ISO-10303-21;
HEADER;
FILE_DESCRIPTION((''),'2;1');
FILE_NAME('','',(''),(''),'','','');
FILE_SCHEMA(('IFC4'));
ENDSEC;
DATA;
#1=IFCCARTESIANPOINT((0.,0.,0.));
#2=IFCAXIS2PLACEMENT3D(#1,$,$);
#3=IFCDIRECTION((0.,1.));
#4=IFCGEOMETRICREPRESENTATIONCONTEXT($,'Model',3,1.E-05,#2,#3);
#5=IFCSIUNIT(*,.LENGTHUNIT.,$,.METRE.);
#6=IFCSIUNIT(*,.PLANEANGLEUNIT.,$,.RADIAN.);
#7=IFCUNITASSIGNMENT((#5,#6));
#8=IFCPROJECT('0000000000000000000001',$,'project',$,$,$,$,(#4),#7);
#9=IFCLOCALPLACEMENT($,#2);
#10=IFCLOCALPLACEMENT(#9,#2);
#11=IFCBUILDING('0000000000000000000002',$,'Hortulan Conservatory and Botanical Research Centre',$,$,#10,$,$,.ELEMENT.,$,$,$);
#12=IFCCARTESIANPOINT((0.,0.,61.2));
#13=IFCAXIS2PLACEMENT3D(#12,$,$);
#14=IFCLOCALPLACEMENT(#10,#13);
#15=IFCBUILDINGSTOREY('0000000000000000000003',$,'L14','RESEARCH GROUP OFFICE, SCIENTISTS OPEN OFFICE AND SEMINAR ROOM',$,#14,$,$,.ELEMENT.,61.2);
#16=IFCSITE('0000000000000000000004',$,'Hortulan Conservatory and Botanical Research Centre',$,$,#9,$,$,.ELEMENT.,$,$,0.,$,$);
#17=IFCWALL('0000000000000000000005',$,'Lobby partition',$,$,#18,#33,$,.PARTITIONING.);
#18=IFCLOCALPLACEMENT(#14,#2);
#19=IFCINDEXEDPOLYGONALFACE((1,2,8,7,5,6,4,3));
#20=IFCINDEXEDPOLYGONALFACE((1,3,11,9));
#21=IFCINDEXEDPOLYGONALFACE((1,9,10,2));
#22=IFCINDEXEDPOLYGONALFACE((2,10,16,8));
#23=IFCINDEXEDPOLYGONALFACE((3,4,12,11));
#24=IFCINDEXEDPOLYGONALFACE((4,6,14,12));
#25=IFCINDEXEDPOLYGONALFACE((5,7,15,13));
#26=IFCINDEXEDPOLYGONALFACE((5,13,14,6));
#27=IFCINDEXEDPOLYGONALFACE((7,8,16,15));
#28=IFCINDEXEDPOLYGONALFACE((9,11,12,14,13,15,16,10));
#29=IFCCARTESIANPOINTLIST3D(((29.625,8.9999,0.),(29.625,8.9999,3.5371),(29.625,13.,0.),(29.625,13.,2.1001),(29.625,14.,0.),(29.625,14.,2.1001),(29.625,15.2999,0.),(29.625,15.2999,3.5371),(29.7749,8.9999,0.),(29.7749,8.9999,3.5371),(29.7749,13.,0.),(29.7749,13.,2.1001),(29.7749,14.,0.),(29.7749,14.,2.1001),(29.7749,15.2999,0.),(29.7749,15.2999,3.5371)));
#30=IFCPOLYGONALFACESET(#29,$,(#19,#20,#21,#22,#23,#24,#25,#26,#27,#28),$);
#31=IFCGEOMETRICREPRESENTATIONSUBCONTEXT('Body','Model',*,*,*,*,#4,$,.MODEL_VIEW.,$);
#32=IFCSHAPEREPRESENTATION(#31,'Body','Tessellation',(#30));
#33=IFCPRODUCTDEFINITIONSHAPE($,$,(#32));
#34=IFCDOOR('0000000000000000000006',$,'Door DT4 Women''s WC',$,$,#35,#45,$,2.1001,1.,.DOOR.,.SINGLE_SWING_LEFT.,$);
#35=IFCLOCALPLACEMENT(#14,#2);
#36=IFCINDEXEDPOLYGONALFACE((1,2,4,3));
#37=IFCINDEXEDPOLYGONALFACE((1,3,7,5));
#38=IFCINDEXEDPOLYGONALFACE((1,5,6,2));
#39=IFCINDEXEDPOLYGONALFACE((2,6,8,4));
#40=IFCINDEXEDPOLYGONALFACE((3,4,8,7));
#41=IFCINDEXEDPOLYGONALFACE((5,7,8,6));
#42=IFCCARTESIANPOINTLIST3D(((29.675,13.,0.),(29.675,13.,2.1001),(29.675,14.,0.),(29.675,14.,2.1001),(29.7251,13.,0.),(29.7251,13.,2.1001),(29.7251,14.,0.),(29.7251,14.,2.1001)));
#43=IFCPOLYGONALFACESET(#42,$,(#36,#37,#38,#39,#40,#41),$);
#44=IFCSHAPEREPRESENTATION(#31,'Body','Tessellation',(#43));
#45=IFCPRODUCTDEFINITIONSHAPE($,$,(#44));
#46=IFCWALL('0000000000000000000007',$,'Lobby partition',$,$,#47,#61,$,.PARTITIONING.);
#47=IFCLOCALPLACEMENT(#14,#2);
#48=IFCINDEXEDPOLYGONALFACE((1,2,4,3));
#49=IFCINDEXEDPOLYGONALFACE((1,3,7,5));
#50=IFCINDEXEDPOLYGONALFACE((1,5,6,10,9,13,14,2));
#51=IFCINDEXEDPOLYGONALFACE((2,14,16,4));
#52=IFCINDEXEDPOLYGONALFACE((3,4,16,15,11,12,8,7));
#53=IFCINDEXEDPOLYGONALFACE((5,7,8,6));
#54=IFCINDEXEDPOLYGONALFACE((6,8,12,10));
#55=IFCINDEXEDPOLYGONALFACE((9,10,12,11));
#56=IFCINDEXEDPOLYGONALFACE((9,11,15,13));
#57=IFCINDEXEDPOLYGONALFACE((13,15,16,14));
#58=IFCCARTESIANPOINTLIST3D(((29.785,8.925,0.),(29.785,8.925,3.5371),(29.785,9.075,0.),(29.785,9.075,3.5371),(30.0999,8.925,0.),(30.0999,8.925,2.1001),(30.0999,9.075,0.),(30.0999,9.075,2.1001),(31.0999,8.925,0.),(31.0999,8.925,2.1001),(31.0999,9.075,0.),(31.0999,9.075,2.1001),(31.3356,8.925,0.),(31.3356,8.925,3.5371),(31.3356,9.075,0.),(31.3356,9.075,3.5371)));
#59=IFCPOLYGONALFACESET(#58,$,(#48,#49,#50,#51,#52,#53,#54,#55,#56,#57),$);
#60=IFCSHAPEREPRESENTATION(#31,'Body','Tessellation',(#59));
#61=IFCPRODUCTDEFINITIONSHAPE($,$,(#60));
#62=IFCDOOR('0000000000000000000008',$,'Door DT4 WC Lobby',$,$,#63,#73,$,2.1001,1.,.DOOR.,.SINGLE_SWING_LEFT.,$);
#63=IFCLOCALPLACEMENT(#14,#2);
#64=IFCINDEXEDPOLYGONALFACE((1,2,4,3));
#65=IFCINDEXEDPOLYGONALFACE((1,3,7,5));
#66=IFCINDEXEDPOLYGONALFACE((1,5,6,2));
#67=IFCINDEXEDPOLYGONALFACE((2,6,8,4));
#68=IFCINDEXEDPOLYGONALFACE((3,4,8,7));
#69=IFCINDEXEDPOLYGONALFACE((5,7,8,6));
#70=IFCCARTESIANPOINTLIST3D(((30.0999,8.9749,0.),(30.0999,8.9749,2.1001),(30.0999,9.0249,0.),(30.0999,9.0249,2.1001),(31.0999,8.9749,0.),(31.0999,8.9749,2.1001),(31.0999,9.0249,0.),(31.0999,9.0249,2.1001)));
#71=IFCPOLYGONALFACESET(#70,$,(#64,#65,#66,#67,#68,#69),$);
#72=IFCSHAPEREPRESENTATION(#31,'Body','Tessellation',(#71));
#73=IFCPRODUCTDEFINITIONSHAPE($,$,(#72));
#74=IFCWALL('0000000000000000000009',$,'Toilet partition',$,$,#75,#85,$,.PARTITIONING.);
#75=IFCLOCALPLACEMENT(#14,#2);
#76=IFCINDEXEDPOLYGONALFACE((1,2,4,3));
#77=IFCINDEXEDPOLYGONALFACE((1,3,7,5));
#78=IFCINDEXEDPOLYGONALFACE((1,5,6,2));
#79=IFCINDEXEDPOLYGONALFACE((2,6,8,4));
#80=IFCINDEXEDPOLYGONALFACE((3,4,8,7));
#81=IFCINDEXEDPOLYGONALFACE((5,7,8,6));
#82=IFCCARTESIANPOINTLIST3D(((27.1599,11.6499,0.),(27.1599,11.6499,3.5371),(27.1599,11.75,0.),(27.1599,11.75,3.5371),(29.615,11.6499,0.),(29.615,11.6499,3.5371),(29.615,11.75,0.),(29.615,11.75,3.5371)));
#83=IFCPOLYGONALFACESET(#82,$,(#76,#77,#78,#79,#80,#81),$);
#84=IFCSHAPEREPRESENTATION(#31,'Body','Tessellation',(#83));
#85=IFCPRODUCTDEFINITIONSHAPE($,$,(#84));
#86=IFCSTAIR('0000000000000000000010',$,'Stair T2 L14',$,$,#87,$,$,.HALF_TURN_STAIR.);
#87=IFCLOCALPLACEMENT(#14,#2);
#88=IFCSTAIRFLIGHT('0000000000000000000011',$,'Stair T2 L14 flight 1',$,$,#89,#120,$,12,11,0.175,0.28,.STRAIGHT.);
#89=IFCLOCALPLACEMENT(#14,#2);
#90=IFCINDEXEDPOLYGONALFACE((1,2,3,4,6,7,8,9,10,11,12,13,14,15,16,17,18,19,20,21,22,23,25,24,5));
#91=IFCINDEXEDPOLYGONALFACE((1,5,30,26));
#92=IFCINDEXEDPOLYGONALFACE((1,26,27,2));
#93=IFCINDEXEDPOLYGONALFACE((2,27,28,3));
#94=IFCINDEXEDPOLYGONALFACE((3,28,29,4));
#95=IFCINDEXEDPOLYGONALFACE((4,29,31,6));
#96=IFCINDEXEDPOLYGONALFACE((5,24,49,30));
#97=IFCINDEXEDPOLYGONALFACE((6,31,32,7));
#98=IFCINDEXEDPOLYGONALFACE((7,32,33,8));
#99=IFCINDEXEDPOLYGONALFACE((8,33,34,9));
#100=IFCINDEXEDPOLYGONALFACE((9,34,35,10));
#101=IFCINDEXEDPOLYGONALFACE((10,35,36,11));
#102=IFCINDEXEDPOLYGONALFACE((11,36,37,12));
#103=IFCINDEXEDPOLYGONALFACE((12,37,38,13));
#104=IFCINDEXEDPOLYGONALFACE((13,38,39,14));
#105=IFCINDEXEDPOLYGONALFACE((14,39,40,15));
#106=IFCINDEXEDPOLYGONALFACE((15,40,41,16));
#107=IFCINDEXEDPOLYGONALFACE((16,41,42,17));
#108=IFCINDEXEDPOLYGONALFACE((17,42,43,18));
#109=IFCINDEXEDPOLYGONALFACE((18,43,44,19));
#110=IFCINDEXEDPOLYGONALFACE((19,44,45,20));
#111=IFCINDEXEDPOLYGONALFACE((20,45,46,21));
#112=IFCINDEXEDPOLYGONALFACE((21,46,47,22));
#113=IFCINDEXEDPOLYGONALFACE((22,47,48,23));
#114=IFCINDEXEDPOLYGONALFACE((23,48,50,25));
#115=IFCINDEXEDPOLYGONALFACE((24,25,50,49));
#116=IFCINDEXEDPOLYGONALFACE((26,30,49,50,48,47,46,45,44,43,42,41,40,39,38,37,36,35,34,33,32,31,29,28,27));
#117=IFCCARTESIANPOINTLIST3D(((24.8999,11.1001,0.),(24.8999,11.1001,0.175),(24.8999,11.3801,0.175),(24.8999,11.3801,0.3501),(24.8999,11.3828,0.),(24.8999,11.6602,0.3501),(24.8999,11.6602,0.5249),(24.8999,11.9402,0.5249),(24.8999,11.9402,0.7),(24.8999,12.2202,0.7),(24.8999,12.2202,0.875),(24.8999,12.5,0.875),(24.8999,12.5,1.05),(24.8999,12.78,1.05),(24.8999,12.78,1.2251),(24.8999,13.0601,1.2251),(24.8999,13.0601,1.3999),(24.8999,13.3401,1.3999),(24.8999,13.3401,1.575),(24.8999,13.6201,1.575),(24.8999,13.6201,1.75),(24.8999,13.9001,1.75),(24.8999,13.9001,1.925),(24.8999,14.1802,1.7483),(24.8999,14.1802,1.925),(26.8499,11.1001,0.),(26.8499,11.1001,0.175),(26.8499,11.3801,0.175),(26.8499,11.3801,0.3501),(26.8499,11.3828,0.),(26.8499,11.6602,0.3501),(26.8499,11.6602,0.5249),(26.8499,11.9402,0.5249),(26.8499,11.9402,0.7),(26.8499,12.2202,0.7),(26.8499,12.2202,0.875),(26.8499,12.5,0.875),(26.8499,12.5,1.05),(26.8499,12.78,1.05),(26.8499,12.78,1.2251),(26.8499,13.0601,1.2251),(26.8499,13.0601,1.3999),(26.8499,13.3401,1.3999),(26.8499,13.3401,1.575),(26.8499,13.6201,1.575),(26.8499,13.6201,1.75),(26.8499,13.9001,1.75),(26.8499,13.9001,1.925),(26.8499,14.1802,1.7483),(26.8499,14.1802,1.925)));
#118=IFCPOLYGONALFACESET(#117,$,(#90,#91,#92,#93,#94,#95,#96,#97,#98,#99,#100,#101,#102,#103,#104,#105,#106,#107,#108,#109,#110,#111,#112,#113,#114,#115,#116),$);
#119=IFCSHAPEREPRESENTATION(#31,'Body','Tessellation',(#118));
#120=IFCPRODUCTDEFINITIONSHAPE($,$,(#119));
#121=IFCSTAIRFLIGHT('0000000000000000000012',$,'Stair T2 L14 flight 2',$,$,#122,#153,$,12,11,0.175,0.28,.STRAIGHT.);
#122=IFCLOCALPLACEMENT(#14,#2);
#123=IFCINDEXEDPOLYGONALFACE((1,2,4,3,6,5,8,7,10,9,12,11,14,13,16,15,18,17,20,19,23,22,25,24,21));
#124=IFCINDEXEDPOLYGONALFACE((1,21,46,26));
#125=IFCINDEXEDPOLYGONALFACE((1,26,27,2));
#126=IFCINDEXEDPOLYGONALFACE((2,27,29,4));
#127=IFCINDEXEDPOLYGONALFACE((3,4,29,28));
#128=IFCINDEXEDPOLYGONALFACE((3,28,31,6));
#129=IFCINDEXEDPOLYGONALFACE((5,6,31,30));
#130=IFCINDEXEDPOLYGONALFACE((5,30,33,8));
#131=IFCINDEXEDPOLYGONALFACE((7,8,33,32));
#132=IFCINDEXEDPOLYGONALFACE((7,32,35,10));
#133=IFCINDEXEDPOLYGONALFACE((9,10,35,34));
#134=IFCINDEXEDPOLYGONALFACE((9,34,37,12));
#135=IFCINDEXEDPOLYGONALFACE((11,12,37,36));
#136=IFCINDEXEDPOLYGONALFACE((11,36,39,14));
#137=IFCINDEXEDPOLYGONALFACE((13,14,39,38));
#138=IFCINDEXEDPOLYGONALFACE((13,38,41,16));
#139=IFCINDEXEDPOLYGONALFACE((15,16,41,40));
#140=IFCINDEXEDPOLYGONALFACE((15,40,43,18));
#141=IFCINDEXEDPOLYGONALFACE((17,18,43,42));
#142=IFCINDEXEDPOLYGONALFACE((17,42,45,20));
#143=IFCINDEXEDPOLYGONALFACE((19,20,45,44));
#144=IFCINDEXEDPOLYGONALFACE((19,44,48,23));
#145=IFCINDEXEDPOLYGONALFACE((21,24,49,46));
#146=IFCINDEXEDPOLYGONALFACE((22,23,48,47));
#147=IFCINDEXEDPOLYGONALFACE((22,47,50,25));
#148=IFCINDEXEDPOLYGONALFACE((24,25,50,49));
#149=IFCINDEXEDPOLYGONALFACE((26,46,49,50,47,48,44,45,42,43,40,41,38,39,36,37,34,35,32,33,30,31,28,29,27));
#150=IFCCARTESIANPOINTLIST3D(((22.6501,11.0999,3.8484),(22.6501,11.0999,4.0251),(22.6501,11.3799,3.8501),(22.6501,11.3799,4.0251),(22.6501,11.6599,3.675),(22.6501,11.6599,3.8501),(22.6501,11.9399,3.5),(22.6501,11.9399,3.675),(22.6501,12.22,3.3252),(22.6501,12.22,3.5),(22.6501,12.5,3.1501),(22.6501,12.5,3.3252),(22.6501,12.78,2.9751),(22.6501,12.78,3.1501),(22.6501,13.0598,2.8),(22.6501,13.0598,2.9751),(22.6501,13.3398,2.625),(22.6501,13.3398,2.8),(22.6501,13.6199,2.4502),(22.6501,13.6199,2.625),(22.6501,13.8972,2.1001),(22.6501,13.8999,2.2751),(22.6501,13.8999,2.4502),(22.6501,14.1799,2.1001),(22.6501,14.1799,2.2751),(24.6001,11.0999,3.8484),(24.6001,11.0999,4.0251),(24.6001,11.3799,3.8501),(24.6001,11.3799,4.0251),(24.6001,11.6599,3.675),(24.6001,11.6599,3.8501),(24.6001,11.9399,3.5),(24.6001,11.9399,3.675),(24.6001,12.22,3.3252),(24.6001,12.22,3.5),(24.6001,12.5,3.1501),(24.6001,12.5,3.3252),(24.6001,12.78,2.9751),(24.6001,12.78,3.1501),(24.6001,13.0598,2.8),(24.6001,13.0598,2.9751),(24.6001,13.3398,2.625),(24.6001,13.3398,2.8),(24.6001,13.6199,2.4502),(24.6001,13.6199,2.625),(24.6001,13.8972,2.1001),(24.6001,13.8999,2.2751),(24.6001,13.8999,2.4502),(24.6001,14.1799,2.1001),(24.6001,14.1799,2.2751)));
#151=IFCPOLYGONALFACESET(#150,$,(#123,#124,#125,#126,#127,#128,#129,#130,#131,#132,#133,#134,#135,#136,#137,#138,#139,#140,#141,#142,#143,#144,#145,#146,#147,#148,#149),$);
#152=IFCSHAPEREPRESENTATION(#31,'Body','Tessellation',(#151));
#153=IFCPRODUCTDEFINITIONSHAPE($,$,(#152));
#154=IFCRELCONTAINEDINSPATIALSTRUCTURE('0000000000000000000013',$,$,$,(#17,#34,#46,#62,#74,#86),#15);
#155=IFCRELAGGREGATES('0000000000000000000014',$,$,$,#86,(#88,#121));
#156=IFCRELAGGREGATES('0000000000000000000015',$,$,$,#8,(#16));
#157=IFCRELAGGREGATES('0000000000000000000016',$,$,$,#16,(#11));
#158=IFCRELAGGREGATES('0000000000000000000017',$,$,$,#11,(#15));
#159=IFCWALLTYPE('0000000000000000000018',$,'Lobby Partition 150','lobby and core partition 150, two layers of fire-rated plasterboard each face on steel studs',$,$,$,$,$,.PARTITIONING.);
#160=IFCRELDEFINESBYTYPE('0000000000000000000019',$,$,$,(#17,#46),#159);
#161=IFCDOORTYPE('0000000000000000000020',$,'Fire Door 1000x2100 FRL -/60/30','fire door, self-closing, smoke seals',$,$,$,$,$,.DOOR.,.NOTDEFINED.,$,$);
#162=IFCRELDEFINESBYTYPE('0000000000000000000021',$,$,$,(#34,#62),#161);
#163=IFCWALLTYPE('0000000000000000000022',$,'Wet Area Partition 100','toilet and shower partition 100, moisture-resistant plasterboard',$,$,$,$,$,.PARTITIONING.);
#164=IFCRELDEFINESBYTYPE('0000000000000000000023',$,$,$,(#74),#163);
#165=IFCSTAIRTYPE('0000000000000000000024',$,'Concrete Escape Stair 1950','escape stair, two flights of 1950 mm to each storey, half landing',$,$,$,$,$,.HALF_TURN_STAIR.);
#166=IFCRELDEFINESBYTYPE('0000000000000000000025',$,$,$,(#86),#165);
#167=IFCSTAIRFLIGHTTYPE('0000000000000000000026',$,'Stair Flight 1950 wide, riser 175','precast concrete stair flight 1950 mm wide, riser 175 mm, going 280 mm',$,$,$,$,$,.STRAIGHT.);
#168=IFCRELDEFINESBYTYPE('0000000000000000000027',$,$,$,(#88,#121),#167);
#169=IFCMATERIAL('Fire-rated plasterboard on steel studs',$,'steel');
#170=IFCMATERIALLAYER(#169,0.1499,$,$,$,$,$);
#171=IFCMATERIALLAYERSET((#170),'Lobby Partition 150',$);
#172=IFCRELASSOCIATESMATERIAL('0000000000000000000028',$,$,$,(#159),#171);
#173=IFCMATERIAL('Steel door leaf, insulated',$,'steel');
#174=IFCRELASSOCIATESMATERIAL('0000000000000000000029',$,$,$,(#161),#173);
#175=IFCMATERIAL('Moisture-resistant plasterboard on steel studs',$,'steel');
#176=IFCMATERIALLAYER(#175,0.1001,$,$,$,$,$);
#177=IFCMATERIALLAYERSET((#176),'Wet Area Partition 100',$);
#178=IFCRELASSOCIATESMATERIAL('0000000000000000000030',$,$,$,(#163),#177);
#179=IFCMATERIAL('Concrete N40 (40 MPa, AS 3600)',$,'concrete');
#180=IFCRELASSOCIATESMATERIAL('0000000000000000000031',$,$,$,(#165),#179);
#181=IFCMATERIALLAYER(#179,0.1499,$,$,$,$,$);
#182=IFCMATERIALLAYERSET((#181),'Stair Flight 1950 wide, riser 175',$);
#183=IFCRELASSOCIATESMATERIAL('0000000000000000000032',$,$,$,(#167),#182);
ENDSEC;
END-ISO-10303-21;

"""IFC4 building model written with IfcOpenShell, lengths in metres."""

from ifc_helpers import new_model, si_unit, direction, frame, frame_2d, origin, place, context, subcontext, project, spatial, polyline, rectangle, outline, extrude, material, layer, layer_set, type_object, element, fill, aggregate, save


model = new_model("IFC4")

# Units and contexts
model_context = context("Model", 3, precision=1e-05, world=origin(), true_north=direction((0.0, 1.0)))
body_context = subcontext(model_context, "Body", "Model", "MODEL_VIEW")
ifc_project = project(units=[si_unit("LENGTHUNIT", "METRE"), si_unit("PLANEANGLEUNIT", "RADIAN")], contexts=[model_context])

# Site, building, storey
site_placement = place(None, origin())
site = spatial("IfcSite", under=ifc_project, at=site_placement, Name="Hortulan Conservatory and Botanical Research Centre", CompositionType="ELEMENT", RefElevation=0.0)
building_placement = place(site_placement, origin())
building = spatial("IfcBuilding", under=site, at=building_placement, Name="Hortulan Conservatory and Botanical Research Centre", CompositionType="ELEMENT")
storey_placement = place(building_placement, frame((0.0, 0.0, 61.2)))
storey = spatial("IfcBuildingStorey", under=building, at=storey_placement, Name="L14", Description="RESEARCH GROUP OFFICE, SCIENTISTS OPEN OFFICE AND SEMINAR ROOM", CompositionType="ELEMENT", Elevation=61.2)

# Shared definitions
ifc_material_1 = material(Name="Concrete N40 (40 MPa, AS 3600)", Category="concrete")

# Shared definitions
ifc_material_2 = material(Name="Steel door leaf, insulated", Category="steel")

# Walls, openings, doors
ifc_material_3 = material(Name="Fire-rated plasterboard on steel studs", Category="steel")
ifc_layer_1 = layer(ifc_material_3, 0.1499)
ifc_layer_set_1 = layer_set([ifc_layer_1], Name="Lobby Partition 150")
wall_type_1 = type_object("IfcWallType", Name="Lobby Partition 150", Description="lobby and core partition 150, two layers of fire-rated plasterboard each face on steel studs", PredefinedType="PARTITIONING", material=ifc_layer_set_1)
wall_1_placement = place(storey_placement, frame((29.7, 9.0, 0.0), z_axis=(0.0, 0.0, 1.0), x_axis=(0.0, 1.0, 0.0)))
wall_1 = element("IfcWall", 1, at=wall_1_placement, inside=storey, type_object=wall_type_1, Name="Lobby partition", PredefinedType="PARTITIONING", context=body_context, shape_type="SweptSolid", body=[
    extrude(rectangle(XDim=6.3, YDim=0.1499, at=frame_2d((3.1499, 0.0))), origin(), (0.0, 0.0, 1.0), 3.5371),
])
opening_1_placement = place(wall_1_placement, frame((4.0, 0.0, 0.0)))
opening_1 = element("IfcOpeningElement", 2, at=opening_1_placement, cuts=wall_1, PredefinedType="OPENING", context=body_context, shape_type="SweptSolid", body=[
    extrude(rectangle(XDim=1.0, YDim=2.1001, at=frame_2d((0.5, 1.05))), frame((0.0, 0.085, 0.0), z_axis=(0.0, -1.0, 0.0), x_axis=(1.0, 0.0, 0.0)), (0.0, 0.0, 1.0), 0.1699),
])
door_type_1 = type_object("IfcDoorType", Name="Fire Door 1000x2100 FRL -/60/30", Description="fire door, self-closing, smoke seals", OperationType="NOTDEFINED", PredefinedType="DOOR", material=ifc_material_2)
door_1_placement = place(opening_1_placement, origin())
door_1 = element("IfcDoor", 3, at=door_1_placement, inside=storey, type_object=door_type_1, Name="Door DT4 Women's WC", OperationType="SINGLE_SWING_LEFT", OverallHeight=2.1001, OverallWidth=1.0, PredefinedType="DOOR", context=body_context, shape_type="SweptSolid", body=[
    extrude(rectangle(XDim=1.0, YDim=2.1001, at=frame_2d((0.5, 1.05))), frame((0.0, 0.0249, 0.0), z_axis=(0.0, -1.0, 0.0), x_axis=(1.0, 0.0, 0.0)), (0.0, 0.0, 1.0), 0.05),
])
fill(opening_1, door_1)
wall_2_placement = place(storey_placement, frame((29.7849, 9.0, 0.0), z_axis=(0.0, 0.0, 1.0), x_axis=(1.0, 0.0, 0.0)))
wall_2 = element("IfcWall", 4, at=wall_2_placement, inside=storey, type_object=wall_type_1, Name="Lobby partition", PredefinedType="PARTITIONING", context=body_context, shape_type="SweptSolid", body=[
    extrude(rectangle(XDim=1.5505, YDim=0.1499, at=frame_2d((0.7754, 0.0))), origin(), (0.0, 0.0, 1.0), 3.5371),
])
opening_2_placement = place(wall_2_placement, frame((0.3149, 0.0, 0.0)))
opening_2 = element("IfcOpeningElement", 5, at=opening_2_placement, cuts=wall_2, PredefinedType="OPENING", context=body_context, shape_type="SweptSolid", body=[
    extrude(rectangle(XDim=1.0, YDim=2.1001, at=frame_2d((0.5, 1.05))), frame((0.0, 0.085, 0.0), z_axis=(0.0, -1.0, 0.0), x_axis=(1.0, 0.0, 0.0)), (0.0, 0.0, 1.0), 0.1699),
])
door_2_placement = place(opening_2_placement, origin())
door_2 = element("IfcDoor", 6, at=door_2_placement, inside=storey, type_object=door_type_1, Name="Door DT4 WC Lobby", OperationType="SINGLE_SWING_LEFT", OverallHeight=2.1001, OverallWidth=1.0, PredefinedType="DOOR", context=body_context, shape_type="SweptSolid", body=[
    extrude(rectangle(XDim=1.0, YDim=2.1001, at=frame_2d((0.5, 1.05))), frame((0.0, 0.0249, 0.0), z_axis=(0.0, -1.0, 0.0), x_axis=(1.0, 0.0, 0.0)), (0.0, 0.0, 1.0), 0.05),
])
fill(opening_2, door_2)

# Wall
ifc_material_4 = material(Name="Moisture-resistant plasterboard on steel studs", Category="steel")
ifc_layer_2 = layer(ifc_material_4, 0.1001)
ifc_layer_set_2 = layer_set([ifc_layer_2], Name="Wet Area Partition 100")
wall_type_2 = type_object("IfcWallType", Name="Wet Area Partition 100", Description="toilet and shower partition 100, moisture-resistant plasterboard", PredefinedType="PARTITIONING", material=ifc_layer_set_2)
wall_3_placement = place(storey_placement, frame((27.1599, 11.7, 0.0), z_axis=(0.0, 0.0, 1.0), x_axis=(1.0, 0.0, 0.0)))
element("IfcWall", 7, at=wall_3_placement, inside=storey, type_object=wall_type_2, Name="Toilet partition", PredefinedType="PARTITIONING", context=body_context, shape_type="SweptSolid", body=[
    extrude(rectangle(XDim=2.4551, YDim=0.1001, at=frame_2d((1.2275, 0.0))), origin(), (0.0, 0.0, 1.0), 3.5371),
])

# Stair, stair flights
stair_type = type_object("IfcStairType", Name="Concrete Escape Stair 1950", Description="escape stair, two flights of 1950 mm to each storey, half landing", PredefinedType="HALF_TURN_STAIR", material=ifc_material_1)
stair_placement = place(storey_placement, origin())
stair = element("IfcStair", 8, at=stair_placement, inside=storey, type_object=stair_type, Name="Stair T2 L14", PredefinedType="HALF_TURN_STAIR")
ifc_layer_3 = layer(ifc_material_1, 0.1499)
ifc_layer_set_3 = layer_set([ifc_layer_3], Name="Stair Flight 1950 wide, riser 175")
stair_flight_type = type_object("IfcStairFlightType", Name="Stair Flight 1950 wide, riser 175", Description="precast concrete stair flight 1950 mm wide, riser 175 mm, going 280 mm", PredefinedType="STRAIGHT", material=ifc_layer_set_3)
stair_flight_1_placement = place(storey_placement, frame((25.875, 11.1001, 0.0), z_axis=(0.0, 0.0, 1.0), x_axis=(0.0, 1.0, 0.0)))
stair_flight_1 = element("IfcStairFlight", 9, at=stair_flight_1_placement, type_object=stair_flight_type, Name="Stair T2 L14 flight 1", NumberOfRisers=12, NumberOfTreads=11, PredefinedType="STRAIGHT", RiserHeight=0.175, TreadLength=0.28, context=body_context, shape_type="SweptSolid", body=[
    extrude(outline(polyline([(0.0, 0.0), (0.0, 0.175), (0.28, 0.175), (0.28, 0.3501), (0.5601, 0.3501), (0.5601, 0.5249), (0.8401, 0.5249), (0.8401, 0.7), (1.1201, 0.7), (1.1201, 0.875), (1.3999, 0.875), (1.3999, 1.05), (1.6799, 1.05), (1.6799, 1.2251), (1.96, 1.2251), (1.96, 1.3999), (2.24, 1.3999), (2.24, 1.575), (2.52, 1.575), (2.52, 1.75), (2.8, 1.75), (2.8, 1.925), (3.0801, 1.925), (3.0801, 2.1001), (3.0801, 1.7483), (0.2827, 0.0), (0.0, 0.0)])), frame((0.0, 0.9751, 0.0), z_axis=(0.0, -1.0, 0.0), x_axis=(1.0, 0.0, 0.0)), (0.0, 0.0, 1.0), 1.95),
])
stair_flight_2_placement = place(storey_placement, frame((23.625, 14.1799, 2.1001), z_axis=(0.0, 0.0, 1.0), x_axis=(0.0, -1.0, 0.0)))
stair_flight_2 = element("IfcStairFlight", 10, at=stair_flight_2_placement, type_object=stair_flight_type, Name="Stair T2 L14 flight 2", NumberOfRisers=12, NumberOfTreads=11, PredefinedType="STRAIGHT", RiserHeight=0.175, TreadLength=0.28, context=body_context, shape_type="SweptSolid", body=[
    extrude(outline(polyline([(0.0, 0.0), (0.0, 0.175), (0.28, 0.175), (0.28, 0.3501), (0.5601, 0.3501), (0.5601, 0.5249), (0.8401, 0.5249), (0.8401, 0.7), (1.1201, 0.7), (1.1201, 0.875), (1.3999, 0.875), (1.3999, 1.05), (1.6799, 1.05), (1.6799, 1.2251), (1.96, 1.2251), (1.96, 1.3999), (2.24, 1.3999), (2.24, 1.575), (2.52, 1.575), (2.52, 1.75), (2.8, 1.75), (2.8, 1.925), (3.0801, 1.925), (3.0801, 2.1001), (3.0801, 1.7483), (0.2827, 0.0), (0.0, 0.0)])), frame((0.0, 0.9751, 0.0), z_axis=(0.0, -1.0, 0.0), x_axis=(1.0, 0.0, 0.0)), (0.0, 0.0, 1.0), 1.95),
])
aggregate(stair, [stair_flight_1, stair_flight_2])

save(model, "model.ifc")
